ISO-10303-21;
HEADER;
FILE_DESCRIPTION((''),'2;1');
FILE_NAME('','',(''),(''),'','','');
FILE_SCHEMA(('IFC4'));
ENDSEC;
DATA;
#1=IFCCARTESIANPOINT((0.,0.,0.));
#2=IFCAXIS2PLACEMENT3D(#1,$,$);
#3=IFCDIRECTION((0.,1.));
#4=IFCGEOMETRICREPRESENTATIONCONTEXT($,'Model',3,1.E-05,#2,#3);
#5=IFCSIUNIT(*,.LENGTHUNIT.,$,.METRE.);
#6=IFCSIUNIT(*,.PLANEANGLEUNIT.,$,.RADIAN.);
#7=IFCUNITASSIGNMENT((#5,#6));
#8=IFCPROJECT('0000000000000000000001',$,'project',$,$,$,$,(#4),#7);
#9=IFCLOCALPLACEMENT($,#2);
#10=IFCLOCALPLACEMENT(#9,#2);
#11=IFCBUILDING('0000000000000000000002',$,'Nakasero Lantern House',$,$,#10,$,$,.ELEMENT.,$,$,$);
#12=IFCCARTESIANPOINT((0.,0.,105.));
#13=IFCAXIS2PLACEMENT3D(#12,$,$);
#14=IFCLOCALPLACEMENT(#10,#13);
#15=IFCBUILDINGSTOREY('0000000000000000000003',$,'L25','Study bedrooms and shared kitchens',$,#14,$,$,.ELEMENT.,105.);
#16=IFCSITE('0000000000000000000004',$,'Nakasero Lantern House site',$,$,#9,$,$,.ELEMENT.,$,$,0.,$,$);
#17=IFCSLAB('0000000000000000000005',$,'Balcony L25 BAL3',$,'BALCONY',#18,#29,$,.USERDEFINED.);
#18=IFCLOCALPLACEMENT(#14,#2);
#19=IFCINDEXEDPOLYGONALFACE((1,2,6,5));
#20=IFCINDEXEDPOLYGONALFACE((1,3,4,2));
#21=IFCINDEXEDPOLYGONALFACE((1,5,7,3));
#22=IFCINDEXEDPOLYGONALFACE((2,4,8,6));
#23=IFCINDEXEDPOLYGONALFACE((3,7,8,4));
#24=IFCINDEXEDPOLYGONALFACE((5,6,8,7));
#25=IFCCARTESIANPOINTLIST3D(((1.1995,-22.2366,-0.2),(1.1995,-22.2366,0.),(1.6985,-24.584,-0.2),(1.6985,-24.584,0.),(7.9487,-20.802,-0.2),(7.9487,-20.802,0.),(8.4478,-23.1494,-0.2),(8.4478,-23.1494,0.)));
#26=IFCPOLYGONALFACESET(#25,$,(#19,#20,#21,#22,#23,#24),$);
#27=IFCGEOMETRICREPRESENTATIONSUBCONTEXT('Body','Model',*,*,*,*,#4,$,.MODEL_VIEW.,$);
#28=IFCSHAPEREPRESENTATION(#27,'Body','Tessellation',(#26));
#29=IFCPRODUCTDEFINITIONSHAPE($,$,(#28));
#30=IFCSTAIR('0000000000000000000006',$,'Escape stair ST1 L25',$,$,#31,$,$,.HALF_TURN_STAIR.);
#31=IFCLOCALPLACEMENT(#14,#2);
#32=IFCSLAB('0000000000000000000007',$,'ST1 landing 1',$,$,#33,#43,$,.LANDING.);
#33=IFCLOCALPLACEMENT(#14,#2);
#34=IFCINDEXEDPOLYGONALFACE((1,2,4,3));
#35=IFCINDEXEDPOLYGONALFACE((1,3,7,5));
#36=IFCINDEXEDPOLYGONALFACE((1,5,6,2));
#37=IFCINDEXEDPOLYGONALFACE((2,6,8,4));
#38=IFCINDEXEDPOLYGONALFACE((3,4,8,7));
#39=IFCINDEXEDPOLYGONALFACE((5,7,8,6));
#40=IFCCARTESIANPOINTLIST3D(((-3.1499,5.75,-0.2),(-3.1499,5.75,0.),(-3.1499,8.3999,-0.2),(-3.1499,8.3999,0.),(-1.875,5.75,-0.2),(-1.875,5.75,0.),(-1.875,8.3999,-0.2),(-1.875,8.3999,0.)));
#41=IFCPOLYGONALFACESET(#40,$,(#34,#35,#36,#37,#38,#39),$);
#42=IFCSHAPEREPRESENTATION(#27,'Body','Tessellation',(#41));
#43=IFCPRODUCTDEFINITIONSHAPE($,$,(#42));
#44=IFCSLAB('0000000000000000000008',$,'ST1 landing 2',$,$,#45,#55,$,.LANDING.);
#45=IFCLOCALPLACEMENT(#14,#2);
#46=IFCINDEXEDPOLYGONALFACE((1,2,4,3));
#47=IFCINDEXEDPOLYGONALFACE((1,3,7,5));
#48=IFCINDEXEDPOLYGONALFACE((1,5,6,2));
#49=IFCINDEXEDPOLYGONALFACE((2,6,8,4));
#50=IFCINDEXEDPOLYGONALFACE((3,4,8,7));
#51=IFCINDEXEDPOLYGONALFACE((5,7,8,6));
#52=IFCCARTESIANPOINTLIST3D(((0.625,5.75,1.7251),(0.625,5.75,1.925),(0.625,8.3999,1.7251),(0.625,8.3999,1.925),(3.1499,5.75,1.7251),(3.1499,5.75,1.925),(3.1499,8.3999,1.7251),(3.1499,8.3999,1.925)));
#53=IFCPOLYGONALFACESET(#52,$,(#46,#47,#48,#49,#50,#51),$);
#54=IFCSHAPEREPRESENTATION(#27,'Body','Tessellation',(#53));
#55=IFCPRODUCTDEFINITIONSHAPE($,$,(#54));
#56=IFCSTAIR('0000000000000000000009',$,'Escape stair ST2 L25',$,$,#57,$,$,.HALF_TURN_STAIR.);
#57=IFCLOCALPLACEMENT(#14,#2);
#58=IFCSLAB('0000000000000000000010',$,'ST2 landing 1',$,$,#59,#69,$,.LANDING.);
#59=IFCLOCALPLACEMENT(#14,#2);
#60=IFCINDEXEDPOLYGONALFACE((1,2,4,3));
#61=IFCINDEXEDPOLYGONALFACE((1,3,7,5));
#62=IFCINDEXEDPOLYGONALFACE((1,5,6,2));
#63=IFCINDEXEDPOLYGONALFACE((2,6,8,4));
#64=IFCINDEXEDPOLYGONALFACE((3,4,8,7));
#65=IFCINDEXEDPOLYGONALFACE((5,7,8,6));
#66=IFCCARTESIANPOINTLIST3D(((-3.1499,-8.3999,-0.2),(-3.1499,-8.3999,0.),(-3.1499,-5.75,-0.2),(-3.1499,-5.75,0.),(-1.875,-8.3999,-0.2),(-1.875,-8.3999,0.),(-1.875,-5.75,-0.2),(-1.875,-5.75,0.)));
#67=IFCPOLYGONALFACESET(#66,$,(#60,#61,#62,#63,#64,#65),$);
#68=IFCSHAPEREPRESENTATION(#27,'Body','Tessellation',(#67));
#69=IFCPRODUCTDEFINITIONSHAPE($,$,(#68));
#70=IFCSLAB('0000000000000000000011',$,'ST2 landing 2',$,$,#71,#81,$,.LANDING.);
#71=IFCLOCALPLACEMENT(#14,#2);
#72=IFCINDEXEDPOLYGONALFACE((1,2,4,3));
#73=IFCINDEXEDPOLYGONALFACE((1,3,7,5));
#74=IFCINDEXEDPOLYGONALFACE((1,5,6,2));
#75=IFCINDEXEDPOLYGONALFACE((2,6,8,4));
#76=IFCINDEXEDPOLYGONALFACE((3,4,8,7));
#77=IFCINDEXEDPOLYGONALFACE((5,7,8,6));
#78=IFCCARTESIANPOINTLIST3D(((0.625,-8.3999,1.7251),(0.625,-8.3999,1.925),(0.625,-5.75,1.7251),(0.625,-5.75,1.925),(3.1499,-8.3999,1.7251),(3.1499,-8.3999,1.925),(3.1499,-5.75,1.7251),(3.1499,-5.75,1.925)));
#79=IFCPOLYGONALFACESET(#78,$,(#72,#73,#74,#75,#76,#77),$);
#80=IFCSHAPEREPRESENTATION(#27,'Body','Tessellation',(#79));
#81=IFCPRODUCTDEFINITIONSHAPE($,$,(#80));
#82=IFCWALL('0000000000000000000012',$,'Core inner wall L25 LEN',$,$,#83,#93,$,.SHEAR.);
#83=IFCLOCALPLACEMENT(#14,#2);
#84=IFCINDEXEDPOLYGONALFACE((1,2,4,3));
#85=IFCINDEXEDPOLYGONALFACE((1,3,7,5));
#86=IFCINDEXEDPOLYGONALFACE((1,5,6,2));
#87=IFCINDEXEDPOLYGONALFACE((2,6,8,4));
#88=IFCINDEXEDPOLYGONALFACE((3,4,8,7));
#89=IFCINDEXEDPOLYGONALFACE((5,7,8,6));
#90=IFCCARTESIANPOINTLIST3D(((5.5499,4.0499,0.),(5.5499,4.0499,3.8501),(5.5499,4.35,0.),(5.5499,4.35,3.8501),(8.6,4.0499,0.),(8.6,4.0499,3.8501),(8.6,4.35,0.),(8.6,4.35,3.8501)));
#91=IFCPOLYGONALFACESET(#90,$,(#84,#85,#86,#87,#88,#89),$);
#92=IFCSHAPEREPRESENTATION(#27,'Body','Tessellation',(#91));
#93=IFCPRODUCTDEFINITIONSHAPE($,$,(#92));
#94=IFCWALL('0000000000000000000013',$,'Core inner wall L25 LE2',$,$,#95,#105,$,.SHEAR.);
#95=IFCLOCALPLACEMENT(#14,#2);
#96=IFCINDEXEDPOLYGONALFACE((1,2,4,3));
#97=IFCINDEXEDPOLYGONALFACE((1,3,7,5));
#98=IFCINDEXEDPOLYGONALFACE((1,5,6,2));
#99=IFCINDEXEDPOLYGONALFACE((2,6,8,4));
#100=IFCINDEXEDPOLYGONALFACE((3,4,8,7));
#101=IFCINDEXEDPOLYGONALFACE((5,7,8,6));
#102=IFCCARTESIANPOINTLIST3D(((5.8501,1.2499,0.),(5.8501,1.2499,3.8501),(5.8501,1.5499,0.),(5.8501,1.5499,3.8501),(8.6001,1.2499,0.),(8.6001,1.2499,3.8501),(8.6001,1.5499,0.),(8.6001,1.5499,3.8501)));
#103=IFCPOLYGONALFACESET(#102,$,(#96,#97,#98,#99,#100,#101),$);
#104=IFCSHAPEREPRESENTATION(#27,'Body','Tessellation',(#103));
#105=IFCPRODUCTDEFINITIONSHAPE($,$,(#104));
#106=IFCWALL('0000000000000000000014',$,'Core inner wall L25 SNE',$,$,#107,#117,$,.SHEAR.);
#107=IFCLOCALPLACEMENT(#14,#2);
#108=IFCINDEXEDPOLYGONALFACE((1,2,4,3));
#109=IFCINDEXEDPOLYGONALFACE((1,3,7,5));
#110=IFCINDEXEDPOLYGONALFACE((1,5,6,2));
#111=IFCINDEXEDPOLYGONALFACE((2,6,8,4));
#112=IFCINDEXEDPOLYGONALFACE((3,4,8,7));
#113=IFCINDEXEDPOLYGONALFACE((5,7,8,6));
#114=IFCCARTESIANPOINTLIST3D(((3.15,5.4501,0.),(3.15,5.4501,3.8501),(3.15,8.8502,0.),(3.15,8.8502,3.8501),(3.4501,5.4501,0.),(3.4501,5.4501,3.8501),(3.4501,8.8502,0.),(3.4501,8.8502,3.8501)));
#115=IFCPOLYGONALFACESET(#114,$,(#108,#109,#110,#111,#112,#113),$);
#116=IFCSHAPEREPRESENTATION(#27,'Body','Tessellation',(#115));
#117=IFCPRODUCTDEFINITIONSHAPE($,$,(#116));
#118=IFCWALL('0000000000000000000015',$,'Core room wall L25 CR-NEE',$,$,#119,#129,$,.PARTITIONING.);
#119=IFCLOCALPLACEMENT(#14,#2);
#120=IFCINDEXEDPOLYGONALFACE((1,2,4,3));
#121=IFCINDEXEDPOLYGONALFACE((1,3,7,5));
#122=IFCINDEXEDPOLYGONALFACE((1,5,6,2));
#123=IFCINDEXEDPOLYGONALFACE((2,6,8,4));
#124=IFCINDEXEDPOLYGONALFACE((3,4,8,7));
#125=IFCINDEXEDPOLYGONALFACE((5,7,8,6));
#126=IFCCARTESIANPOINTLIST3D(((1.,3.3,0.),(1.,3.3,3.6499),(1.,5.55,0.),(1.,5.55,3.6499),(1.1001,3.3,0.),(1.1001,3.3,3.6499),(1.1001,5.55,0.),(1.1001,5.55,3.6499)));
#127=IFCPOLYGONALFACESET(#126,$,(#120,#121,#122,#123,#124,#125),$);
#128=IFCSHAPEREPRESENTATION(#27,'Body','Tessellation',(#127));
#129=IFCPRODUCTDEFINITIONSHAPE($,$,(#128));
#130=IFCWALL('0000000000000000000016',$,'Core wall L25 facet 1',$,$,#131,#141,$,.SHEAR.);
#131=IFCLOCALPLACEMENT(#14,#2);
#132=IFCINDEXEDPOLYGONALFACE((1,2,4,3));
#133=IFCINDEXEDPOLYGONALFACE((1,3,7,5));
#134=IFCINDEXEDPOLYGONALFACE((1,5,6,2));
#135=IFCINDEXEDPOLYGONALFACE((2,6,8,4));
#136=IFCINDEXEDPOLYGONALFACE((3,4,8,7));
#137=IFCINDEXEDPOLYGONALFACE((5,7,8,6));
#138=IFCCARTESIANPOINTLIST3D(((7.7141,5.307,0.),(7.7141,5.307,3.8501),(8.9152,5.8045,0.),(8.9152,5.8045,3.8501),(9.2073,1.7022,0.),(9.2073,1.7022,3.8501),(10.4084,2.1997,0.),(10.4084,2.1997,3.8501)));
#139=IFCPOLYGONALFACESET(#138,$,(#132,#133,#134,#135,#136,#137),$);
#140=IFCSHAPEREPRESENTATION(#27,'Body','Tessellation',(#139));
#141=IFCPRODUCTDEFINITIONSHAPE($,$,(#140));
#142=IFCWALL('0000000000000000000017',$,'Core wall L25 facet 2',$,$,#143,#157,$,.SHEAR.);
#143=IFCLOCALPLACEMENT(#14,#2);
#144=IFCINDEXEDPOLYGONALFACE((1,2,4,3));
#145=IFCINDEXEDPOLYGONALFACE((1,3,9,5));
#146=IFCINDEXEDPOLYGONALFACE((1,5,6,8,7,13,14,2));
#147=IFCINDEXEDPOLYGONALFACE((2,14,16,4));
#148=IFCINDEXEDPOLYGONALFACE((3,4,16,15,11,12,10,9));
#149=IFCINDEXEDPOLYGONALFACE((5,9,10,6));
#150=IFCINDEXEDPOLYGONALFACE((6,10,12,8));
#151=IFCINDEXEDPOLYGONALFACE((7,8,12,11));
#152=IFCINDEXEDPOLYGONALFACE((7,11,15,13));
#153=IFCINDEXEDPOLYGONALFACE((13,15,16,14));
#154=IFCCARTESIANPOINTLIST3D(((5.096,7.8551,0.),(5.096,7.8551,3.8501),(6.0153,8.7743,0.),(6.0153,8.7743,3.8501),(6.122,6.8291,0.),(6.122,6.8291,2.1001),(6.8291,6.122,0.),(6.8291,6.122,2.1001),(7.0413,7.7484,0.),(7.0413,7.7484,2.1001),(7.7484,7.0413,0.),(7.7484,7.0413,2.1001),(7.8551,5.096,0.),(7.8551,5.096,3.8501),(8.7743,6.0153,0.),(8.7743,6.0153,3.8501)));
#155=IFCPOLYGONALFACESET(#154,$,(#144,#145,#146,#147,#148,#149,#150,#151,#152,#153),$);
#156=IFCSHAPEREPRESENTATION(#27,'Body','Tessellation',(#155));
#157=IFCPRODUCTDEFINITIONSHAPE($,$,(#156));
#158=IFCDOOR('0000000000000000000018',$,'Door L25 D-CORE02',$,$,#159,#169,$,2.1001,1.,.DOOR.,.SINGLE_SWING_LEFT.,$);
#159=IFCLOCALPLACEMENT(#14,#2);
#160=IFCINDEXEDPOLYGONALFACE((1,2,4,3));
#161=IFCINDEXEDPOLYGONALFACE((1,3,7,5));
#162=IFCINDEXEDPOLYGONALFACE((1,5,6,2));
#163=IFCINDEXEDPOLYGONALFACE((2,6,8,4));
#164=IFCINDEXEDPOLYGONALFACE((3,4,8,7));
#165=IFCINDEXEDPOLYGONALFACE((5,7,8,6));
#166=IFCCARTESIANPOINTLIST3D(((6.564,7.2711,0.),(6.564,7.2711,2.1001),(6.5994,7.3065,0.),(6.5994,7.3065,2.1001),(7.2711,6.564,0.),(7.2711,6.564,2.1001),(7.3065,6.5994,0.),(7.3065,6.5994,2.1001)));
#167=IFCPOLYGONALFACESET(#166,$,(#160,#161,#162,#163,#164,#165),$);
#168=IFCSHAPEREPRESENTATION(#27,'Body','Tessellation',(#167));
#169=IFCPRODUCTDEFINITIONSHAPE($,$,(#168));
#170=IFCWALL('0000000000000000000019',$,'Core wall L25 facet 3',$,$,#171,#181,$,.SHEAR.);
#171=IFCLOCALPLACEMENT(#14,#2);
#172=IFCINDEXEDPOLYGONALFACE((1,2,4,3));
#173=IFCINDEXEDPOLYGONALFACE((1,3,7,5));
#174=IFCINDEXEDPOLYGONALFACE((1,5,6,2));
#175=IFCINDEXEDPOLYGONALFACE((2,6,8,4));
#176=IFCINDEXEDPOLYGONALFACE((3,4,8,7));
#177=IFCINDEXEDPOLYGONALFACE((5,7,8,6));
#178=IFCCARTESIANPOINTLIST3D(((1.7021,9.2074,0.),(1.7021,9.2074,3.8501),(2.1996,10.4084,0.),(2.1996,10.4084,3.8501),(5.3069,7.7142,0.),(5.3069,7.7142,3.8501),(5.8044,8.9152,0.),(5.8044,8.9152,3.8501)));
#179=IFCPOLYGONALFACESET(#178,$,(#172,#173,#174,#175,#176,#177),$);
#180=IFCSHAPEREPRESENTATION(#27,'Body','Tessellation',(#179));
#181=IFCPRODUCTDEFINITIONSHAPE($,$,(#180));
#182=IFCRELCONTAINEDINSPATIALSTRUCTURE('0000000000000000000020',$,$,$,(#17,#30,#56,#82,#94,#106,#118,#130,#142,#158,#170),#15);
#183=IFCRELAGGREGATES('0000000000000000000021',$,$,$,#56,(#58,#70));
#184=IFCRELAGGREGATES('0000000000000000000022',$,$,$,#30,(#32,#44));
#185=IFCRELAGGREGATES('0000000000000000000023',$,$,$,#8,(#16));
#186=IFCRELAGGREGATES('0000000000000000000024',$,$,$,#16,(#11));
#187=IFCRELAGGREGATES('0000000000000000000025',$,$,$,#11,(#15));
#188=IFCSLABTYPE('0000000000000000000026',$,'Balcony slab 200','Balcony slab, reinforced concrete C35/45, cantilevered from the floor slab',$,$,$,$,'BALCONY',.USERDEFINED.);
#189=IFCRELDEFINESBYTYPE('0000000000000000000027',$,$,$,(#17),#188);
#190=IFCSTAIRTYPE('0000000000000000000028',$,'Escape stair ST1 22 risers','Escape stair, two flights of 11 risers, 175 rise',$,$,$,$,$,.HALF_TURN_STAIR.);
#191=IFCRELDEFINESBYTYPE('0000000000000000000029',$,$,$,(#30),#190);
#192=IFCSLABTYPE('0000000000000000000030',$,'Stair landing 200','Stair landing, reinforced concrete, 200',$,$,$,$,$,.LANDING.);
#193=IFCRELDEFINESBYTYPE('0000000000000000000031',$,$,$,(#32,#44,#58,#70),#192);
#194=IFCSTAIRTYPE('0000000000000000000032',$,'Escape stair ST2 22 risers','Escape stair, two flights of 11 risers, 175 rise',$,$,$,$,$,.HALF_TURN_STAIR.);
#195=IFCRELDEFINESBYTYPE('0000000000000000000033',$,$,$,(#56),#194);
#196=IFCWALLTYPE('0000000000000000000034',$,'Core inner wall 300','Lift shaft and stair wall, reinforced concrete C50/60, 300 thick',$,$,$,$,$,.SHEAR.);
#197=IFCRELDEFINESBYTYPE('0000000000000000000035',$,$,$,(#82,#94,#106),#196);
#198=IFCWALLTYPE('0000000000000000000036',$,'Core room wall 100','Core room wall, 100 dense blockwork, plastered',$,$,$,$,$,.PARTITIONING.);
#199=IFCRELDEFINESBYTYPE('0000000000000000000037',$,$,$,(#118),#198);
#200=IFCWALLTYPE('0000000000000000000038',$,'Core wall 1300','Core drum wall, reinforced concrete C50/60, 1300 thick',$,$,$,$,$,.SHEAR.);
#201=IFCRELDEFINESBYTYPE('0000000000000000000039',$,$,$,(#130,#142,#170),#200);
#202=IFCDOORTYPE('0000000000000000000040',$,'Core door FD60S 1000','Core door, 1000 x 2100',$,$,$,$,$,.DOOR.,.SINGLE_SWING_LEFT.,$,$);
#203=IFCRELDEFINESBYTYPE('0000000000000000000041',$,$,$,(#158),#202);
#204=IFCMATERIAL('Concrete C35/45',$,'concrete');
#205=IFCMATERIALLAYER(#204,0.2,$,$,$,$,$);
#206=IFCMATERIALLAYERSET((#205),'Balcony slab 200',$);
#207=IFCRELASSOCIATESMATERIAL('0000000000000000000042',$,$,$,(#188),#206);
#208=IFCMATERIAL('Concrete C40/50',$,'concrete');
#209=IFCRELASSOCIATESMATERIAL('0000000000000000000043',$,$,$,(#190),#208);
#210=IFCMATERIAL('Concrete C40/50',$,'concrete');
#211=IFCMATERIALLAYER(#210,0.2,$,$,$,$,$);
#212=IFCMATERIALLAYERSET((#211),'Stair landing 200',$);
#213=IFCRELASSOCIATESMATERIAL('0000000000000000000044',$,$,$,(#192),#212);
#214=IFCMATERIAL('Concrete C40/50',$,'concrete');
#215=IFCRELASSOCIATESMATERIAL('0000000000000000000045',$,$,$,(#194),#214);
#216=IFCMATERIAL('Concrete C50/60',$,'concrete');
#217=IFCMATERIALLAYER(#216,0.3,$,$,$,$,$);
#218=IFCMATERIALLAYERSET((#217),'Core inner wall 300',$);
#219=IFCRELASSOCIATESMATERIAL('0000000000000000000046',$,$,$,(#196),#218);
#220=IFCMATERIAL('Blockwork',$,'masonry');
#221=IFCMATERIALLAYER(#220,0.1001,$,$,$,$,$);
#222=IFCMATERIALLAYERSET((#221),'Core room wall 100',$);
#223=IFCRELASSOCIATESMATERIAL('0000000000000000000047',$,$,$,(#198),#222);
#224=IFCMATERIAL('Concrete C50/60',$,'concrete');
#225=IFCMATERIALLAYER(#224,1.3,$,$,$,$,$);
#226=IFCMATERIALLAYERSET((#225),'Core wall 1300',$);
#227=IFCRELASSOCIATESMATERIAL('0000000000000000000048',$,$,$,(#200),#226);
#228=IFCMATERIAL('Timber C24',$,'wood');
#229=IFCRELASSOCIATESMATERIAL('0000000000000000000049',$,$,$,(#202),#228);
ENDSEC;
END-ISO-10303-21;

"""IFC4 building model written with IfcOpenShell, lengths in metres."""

from ifc_helpers import new_model, si_unit, direction, frame, frame_2d, origin, place, context, subcontext, project, spatial, polyline, rectangle, outline, extrude, material, layer, layer_set, type_object, element, fill, aggregate, save


model = new_model("IFC4")

# Units and contexts
model_context = context("Model", 3, precision=1e-05, world=origin(), true_north=direction((0.0, 1.0)))
body_context = subcontext(model_context, "Body", "Model", "MODEL_VIEW")
ifc_project = project(units=[si_unit("LENGTHUNIT", "METRE"), si_unit("PLANEANGLEUNIT", "RADIAN")], contexts=[model_context])

# Site, building, storey
site_placement = place(None, origin())
site = spatial("IfcSite", under=ifc_project, at=site_placement, Name="Nakasero Lantern House site", CompositionType="ELEMENT", RefElevation=0.0)
building_placement = place(site_placement, origin())
building = spatial("IfcBuilding", under=site, at=building_placement, Name="Nakasero Lantern House", CompositionType="ELEMENT")
storey_placement = place(building_placement, frame((0.0, 0.0, 105.0)))
storey = spatial("IfcBuildingStorey", under=building, at=storey_placement, Name="L25", Description="Study bedrooms and shared kitchens", CompositionType="ELEMENT", Elevation=105.0)

# Slab
ifc_material_1 = material(Name="Concrete C35/45", Category="concrete")
ifc_layer_1 = layer(ifc_material_1, 0.2)
ifc_layer_set_1 = layer_set([ifc_layer_1], Name="Balcony slab 200")
slab_type_1 = type_object("IfcSlabType", Name="Balcony slab 200", Description="Balcony slab, reinforced concrete C35/45, cantilevered from the floor slab", ElementType="BALCONY", PredefinedType="USERDEFINED", material=ifc_layer_set_1)
slab_1_placement = place(storey_placement, frame((0.0, 0.0, -0.2)))
element("IfcSlab", 1, at=slab_1_placement, inside=storey, type_object=slab_type_1, Name="Balcony L25 BAL3", ObjectType="BALCONY", PredefinedType="USERDEFINED", context=body_context, shape_type="SweptSolid", body=[
    extrude(outline(polyline([(1.1995, -22.2366), (1.6985, -24.584), (8.4478, -23.1494), (7.9487, -20.802), (1.1995, -22.2366)])), origin(), (0.0, 0.0, 1.0), 0.2),
])

# Stairs, slabs
ifc_material_2 = material(Name="Concrete C40/50", Category="concrete")
stair_type_1 = type_object("IfcStairType", Name="Escape stair ST1 22 risers", Description="Escape stair, two flights of 11 risers, 175 rise", PredefinedType="HALF_TURN_STAIR", material=ifc_material_2)
stair_1_placement = place(storey_placement, origin())
stair_1 = element("IfcStair", 2, at=stair_1_placement, inside=storey, type_object=stair_type_1, Name="Escape stair ST1 L25", PredefinedType="HALF_TURN_STAIR")
ifc_material_3 = material(Name="Concrete C40/50", Category="concrete")
ifc_layer_2 = layer(ifc_material_3, 0.2)
ifc_layer_set_2 = layer_set([ifc_layer_2], Name="Stair landing 200")
slab_type_2 = type_object("IfcSlabType", Name="Stair landing 200", Description="Stair landing, reinforced concrete, 200", PredefinedType="LANDING", material=ifc_layer_set_2)
slab_2_placement = place(storey_placement, frame((0.0, 0.0, -0.2)))
slab_2 = element("IfcSlab", 3, at=slab_2_placement, type_object=slab_type_2, Name="ST1 landing 1", PredefinedType="LANDING", context=body_context, shape_type="SweptSolid", body=[
    extrude(outline(polyline([(-3.1499, 5.75), (-1.875, 5.75), (-1.875, 8.3999), (-3.1499, 8.3999), (-3.1499, 5.75)])), origin(), (0.0, 0.0, 1.0), 0.2),
])
slab_3_placement = place(storey_placement, frame((0.0, 0.0, 1.7251)))
slab_3 = element("IfcSlab", 4, at=slab_3_placement, type_object=slab_type_2, Name="ST1 landing 2", PredefinedType="LANDING", context=body_context, shape_type="SweptSolid", body=[
    extrude(outline(polyline([(0.625, 5.75), (3.1499, 5.75), (3.1499, 8.3999), (0.625, 8.3999), (0.625, 5.75)])), origin(), (0.0, 0.0, 1.0), 0.2),
])
ifc_material_4 = material(Name="Concrete C40/50", Category="concrete")
stair_type_2 = type_object("IfcStairType", Name="Escape stair ST2 22 risers", Description="Escape stair, two flights of 11 risers, 175 rise", PredefinedType="HALF_TURN_STAIR", material=ifc_material_4)
stair_2_placement = place(storey_placement, origin())
stair_2 = element("IfcStair", 5, at=stair_2_placement, inside=storey, type_object=stair_type_2, Name="Escape stair ST2 L25", PredefinedType="HALF_TURN_STAIR")
slab_4_placement = place(storey_placement, frame((0.0, 0.0, -0.2)))
slab_4 = element("IfcSlab", 6, at=slab_4_placement, type_object=slab_type_2, Name="ST2 landing 1", PredefinedType="LANDING", context=body_context, shape_type="SweptSolid", body=[
    extrude(outline(polyline([(-3.1499, -8.3999), (-1.875, -8.3999), (-1.875, -5.75), (-3.1499, -5.75), (-3.1499, -8.3999)])), origin(), (0.0, 0.0, 1.0), 0.2),
])
slab_5_placement = place(storey_placement, frame((0.0, 0.0, 1.7251)))
slab_5 = element("IfcSlab", 7, at=slab_5_placement, type_object=slab_type_2, Name="ST2 landing 2", PredefinedType="LANDING", context=body_context, shape_type="SweptSolid", body=[
    extrude(outline(polyline([(0.625, -8.3999), (3.1499, -8.3999), (3.1499, -5.75), (0.625, -5.75), (0.625, -8.3999)])), origin(), (0.0, 0.0, 1.0), 0.2),
])
aggregate(stair_2, [slab_4, slab_5])

# Walls
ifc_material_5 = material(Name="Concrete C50/60", Category="concrete")
ifc_layer_3 = layer(ifc_material_5, 0.3)
ifc_layer_set_3 = layer_set([ifc_layer_3], Name="Core inner wall 300")
wall_type_1 = type_object("IfcWallType", Name="Core inner wall 300", Description="Lift shaft and stair wall, reinforced concrete C50/60, 300 thick", PredefinedType="SHEAR", material=ifc_layer_set_3)
wall_1_placement = place(storey_placement, frame((5.55, 4.2, 0.0), z_axis=(0.0, 0.0, 1.0), x_axis=(1.0, 0.0, 0.0)))
element("IfcWall", 8, at=wall_1_placement, inside=storey, type_object=wall_type_1, Name="Core inner wall L25 LEN", PredefinedType="SHEAR", context=body_context, shape_type="SweptSolid", body=[
    extrude(rectangle(XDim=3.05, YDim=0.3, at=frame_2d((1.5249, 0.0))), origin(), (0.0, 0.0, 1.0), 3.8501),
])
wall_2_placement = place(storey_placement, frame((5.8501, 1.3999, 0.0), z_axis=(0.0, 0.0, 1.0), x_axis=(1.0, 0.0, 0.0)))
element("IfcWall", 9, at=wall_2_placement, inside=storey, type_object=wall_type_1, Name="Core inner wall L25 LE2", PredefinedType="SHEAR", context=body_context, shape_type="SweptSolid", body=[
    extrude(rectangle(XDim=2.75, YDim=0.3, at=frame_2d((1.375, 0.0))), origin(), (0.0, 0.0, 1.0), 3.8501),
])
wall_3_placement = place(storey_placement, frame((3.3, 5.45, 0.0), z_axis=(0.0, 0.0, 1.0), x_axis=(0.0, 1.0, 0.0)))
element("IfcWall", 10, at=wall_3_placement, inside=storey, type_object=wall_type_1, Name="Core inner wall L25 SNE", PredefinedType="SHEAR", context=body_context, shape_type="SweptSolid", body=[
    extrude(rectangle(XDim=3.4001, YDim=0.3, at=frame_2d((1.7002, 0.0))), origin(), (0.0, 0.0, 1.0), 3.8501),
])
ifc_material_6 = material(Name="Blockwork", Category="masonry")
ifc_layer_4 = layer(ifc_material_6, 0.1001)
ifc_layer_set_4 = layer_set([ifc_layer_4], Name="Core room wall 100")
wall_type_2 = type_object("IfcWallType", Name="Core room wall 100", Description="Core room wall, 100 dense blockwork, plastered", PredefinedType="PARTITIONING", material=ifc_layer_set_4)
wall_4_placement = place(storey_placement, frame((1.05, 3.3, 0.0), z_axis=(0.0, 0.0, 1.0), x_axis=(0.0, 1.0, 0.0)))
element("IfcWall", 11, at=wall_4_placement, inside=storey, type_object=wall_type_2, Name="Core room wall L25 CR-NEE", PredefinedType="PARTITIONING", context=body_context, shape_type="SweptSolid", body=[
    extrude(rectangle(XDim=2.25, YDim=0.1001, at=frame_2d((1.125, 0.0))), origin(), (0.0, 0.0, 1.0), 3.6499),
])
ifc_material_7 = material(Name="Concrete C50/60", Category="concrete")
ifc_layer_5 = layer(ifc_material_7, 1.3)
ifc_layer_set_5 = layer_set([ifc_layer_5], Name="Core wall 1300")
wall_type_3 = type_object("IfcWallType", Name="Core wall 1300", Description="Core drum wall, reinforced concrete C50/60, 1300 thick", PredefinedType="SHEAR", material=ifc_layer_set_5)
wall_5_placement = place(storey_placement, frame((9.8079, 1.9509, 0.0), z_axis=(0.0, 0.0, 1.0), x_axis=(-0.382691, 0.923877, 0.0)))
element("IfcWall", 12, at=wall_5_placement, inside=storey, type_object=wall_type_3, Name="Core wall L25 facet 1", PredefinedType="SHEAR", context=body_context, shape_type="SweptSolid", body=[
    extrude(rectangle(XDim=3.9019, YDim=1.3, at=frame_2d((1.9509, 0.0))), origin(), (0.0, 0.0, 1.0), 3.8501),
])

# Wall, opening, door
wall_6_placement = place(storey_placement, frame((8.3147, 5.5557, 0.0), z_axis=(0.0, 0.0, 1.0), x_axis=(-0.707107, 0.707107, 0.0)))
wall_6 = element("IfcWall", 13, at=wall_6_placement, inside=storey, type_object=wall_type_3, Name="Core wall L25 facet 2", PredefinedType="SHEAR", context=body_context, shape_type="SweptSolid", body=[
    extrude(rectangle(XDim=3.9019, YDim=1.3, at=frame_2d((1.9509, 0.0))), origin(), (0.0, 0.0, 1.0), 3.8501),
])
opening_1_placement = place(wall_6_placement, frame((1.4509, 0.0, 0.0)))
opening_1 = element("IfcOpeningElement", 14, at=opening_1_placement, cuts=wall_6, PredefinedType="OPENING", context=body_context, shape_type="SweptSolid", body=[
    extrude(rectangle(XDim=1.0, YDim=2.1001, at=frame_2d((0.5, 1.05))), frame((0.0, 0.6699, 0.0), z_axis=(0.0, -1.0, 0.0), x_axis=(1.0, 0.0, 0.0)), (0.0, 0.0, 1.0), 1.3401),
])
ifc_material_8 = material(Name="Timber C24", Category="wood")
door_type_1 = type_object("IfcDoorType", Name="Core door FD60S 1000", Description="Core door, 1000 x 2100", OperationType="SINGLE_SWING_LEFT", PredefinedType="DOOR", material=ifc_material_8)
door_1_placement = place(opening_1_placement, origin())
door_1 = element("IfcDoor", 15, at=door_1_placement, inside=storey, type_object=door_type_1, Name="Door L25 D-CORE02", OperationType="SINGLE_SWING_LEFT", OverallHeight=2.1001, OverallWidth=1.0, PredefinedType="DOOR", context=body_context, shape_type="SweptSolid", body=[
    extrude(rectangle(XDim=1.0, YDim=2.1001, at=frame_2d((0.5, 1.05))), frame((0.0, 0.0249, 0.0), z_axis=(0.0, -1.0, 0.0), x_axis=(1.0, 0.0, 0.0)), (0.0, 0.0, 1.0), 0.05),
])
fill(opening_1, door_1)

# Wall
wall_7_placement = place(storey_placement, frame((5.5557, 8.3147, 0.0), z_axis=(0.0, 0.0, 1.0), x_axis=(-0.923877, 0.382691, 0.0)))
element("IfcWall", 16, at=wall_7_placement, inside=storey, type_object=wall_type_3, Name="Core wall L25 facet 3", PredefinedType="SHEAR", context=body_context, shape_type="SweptSolid", body=[
    extrude(rectangle(XDim=3.9019, YDim=1.3, at=frame_2d((1.9509, 0.0))), origin(), (0.0, 0.0, 1.0), 3.8501),
])

aggregate(stair_1, [slab_2, slab_3])

save(model, "model.ifc")
